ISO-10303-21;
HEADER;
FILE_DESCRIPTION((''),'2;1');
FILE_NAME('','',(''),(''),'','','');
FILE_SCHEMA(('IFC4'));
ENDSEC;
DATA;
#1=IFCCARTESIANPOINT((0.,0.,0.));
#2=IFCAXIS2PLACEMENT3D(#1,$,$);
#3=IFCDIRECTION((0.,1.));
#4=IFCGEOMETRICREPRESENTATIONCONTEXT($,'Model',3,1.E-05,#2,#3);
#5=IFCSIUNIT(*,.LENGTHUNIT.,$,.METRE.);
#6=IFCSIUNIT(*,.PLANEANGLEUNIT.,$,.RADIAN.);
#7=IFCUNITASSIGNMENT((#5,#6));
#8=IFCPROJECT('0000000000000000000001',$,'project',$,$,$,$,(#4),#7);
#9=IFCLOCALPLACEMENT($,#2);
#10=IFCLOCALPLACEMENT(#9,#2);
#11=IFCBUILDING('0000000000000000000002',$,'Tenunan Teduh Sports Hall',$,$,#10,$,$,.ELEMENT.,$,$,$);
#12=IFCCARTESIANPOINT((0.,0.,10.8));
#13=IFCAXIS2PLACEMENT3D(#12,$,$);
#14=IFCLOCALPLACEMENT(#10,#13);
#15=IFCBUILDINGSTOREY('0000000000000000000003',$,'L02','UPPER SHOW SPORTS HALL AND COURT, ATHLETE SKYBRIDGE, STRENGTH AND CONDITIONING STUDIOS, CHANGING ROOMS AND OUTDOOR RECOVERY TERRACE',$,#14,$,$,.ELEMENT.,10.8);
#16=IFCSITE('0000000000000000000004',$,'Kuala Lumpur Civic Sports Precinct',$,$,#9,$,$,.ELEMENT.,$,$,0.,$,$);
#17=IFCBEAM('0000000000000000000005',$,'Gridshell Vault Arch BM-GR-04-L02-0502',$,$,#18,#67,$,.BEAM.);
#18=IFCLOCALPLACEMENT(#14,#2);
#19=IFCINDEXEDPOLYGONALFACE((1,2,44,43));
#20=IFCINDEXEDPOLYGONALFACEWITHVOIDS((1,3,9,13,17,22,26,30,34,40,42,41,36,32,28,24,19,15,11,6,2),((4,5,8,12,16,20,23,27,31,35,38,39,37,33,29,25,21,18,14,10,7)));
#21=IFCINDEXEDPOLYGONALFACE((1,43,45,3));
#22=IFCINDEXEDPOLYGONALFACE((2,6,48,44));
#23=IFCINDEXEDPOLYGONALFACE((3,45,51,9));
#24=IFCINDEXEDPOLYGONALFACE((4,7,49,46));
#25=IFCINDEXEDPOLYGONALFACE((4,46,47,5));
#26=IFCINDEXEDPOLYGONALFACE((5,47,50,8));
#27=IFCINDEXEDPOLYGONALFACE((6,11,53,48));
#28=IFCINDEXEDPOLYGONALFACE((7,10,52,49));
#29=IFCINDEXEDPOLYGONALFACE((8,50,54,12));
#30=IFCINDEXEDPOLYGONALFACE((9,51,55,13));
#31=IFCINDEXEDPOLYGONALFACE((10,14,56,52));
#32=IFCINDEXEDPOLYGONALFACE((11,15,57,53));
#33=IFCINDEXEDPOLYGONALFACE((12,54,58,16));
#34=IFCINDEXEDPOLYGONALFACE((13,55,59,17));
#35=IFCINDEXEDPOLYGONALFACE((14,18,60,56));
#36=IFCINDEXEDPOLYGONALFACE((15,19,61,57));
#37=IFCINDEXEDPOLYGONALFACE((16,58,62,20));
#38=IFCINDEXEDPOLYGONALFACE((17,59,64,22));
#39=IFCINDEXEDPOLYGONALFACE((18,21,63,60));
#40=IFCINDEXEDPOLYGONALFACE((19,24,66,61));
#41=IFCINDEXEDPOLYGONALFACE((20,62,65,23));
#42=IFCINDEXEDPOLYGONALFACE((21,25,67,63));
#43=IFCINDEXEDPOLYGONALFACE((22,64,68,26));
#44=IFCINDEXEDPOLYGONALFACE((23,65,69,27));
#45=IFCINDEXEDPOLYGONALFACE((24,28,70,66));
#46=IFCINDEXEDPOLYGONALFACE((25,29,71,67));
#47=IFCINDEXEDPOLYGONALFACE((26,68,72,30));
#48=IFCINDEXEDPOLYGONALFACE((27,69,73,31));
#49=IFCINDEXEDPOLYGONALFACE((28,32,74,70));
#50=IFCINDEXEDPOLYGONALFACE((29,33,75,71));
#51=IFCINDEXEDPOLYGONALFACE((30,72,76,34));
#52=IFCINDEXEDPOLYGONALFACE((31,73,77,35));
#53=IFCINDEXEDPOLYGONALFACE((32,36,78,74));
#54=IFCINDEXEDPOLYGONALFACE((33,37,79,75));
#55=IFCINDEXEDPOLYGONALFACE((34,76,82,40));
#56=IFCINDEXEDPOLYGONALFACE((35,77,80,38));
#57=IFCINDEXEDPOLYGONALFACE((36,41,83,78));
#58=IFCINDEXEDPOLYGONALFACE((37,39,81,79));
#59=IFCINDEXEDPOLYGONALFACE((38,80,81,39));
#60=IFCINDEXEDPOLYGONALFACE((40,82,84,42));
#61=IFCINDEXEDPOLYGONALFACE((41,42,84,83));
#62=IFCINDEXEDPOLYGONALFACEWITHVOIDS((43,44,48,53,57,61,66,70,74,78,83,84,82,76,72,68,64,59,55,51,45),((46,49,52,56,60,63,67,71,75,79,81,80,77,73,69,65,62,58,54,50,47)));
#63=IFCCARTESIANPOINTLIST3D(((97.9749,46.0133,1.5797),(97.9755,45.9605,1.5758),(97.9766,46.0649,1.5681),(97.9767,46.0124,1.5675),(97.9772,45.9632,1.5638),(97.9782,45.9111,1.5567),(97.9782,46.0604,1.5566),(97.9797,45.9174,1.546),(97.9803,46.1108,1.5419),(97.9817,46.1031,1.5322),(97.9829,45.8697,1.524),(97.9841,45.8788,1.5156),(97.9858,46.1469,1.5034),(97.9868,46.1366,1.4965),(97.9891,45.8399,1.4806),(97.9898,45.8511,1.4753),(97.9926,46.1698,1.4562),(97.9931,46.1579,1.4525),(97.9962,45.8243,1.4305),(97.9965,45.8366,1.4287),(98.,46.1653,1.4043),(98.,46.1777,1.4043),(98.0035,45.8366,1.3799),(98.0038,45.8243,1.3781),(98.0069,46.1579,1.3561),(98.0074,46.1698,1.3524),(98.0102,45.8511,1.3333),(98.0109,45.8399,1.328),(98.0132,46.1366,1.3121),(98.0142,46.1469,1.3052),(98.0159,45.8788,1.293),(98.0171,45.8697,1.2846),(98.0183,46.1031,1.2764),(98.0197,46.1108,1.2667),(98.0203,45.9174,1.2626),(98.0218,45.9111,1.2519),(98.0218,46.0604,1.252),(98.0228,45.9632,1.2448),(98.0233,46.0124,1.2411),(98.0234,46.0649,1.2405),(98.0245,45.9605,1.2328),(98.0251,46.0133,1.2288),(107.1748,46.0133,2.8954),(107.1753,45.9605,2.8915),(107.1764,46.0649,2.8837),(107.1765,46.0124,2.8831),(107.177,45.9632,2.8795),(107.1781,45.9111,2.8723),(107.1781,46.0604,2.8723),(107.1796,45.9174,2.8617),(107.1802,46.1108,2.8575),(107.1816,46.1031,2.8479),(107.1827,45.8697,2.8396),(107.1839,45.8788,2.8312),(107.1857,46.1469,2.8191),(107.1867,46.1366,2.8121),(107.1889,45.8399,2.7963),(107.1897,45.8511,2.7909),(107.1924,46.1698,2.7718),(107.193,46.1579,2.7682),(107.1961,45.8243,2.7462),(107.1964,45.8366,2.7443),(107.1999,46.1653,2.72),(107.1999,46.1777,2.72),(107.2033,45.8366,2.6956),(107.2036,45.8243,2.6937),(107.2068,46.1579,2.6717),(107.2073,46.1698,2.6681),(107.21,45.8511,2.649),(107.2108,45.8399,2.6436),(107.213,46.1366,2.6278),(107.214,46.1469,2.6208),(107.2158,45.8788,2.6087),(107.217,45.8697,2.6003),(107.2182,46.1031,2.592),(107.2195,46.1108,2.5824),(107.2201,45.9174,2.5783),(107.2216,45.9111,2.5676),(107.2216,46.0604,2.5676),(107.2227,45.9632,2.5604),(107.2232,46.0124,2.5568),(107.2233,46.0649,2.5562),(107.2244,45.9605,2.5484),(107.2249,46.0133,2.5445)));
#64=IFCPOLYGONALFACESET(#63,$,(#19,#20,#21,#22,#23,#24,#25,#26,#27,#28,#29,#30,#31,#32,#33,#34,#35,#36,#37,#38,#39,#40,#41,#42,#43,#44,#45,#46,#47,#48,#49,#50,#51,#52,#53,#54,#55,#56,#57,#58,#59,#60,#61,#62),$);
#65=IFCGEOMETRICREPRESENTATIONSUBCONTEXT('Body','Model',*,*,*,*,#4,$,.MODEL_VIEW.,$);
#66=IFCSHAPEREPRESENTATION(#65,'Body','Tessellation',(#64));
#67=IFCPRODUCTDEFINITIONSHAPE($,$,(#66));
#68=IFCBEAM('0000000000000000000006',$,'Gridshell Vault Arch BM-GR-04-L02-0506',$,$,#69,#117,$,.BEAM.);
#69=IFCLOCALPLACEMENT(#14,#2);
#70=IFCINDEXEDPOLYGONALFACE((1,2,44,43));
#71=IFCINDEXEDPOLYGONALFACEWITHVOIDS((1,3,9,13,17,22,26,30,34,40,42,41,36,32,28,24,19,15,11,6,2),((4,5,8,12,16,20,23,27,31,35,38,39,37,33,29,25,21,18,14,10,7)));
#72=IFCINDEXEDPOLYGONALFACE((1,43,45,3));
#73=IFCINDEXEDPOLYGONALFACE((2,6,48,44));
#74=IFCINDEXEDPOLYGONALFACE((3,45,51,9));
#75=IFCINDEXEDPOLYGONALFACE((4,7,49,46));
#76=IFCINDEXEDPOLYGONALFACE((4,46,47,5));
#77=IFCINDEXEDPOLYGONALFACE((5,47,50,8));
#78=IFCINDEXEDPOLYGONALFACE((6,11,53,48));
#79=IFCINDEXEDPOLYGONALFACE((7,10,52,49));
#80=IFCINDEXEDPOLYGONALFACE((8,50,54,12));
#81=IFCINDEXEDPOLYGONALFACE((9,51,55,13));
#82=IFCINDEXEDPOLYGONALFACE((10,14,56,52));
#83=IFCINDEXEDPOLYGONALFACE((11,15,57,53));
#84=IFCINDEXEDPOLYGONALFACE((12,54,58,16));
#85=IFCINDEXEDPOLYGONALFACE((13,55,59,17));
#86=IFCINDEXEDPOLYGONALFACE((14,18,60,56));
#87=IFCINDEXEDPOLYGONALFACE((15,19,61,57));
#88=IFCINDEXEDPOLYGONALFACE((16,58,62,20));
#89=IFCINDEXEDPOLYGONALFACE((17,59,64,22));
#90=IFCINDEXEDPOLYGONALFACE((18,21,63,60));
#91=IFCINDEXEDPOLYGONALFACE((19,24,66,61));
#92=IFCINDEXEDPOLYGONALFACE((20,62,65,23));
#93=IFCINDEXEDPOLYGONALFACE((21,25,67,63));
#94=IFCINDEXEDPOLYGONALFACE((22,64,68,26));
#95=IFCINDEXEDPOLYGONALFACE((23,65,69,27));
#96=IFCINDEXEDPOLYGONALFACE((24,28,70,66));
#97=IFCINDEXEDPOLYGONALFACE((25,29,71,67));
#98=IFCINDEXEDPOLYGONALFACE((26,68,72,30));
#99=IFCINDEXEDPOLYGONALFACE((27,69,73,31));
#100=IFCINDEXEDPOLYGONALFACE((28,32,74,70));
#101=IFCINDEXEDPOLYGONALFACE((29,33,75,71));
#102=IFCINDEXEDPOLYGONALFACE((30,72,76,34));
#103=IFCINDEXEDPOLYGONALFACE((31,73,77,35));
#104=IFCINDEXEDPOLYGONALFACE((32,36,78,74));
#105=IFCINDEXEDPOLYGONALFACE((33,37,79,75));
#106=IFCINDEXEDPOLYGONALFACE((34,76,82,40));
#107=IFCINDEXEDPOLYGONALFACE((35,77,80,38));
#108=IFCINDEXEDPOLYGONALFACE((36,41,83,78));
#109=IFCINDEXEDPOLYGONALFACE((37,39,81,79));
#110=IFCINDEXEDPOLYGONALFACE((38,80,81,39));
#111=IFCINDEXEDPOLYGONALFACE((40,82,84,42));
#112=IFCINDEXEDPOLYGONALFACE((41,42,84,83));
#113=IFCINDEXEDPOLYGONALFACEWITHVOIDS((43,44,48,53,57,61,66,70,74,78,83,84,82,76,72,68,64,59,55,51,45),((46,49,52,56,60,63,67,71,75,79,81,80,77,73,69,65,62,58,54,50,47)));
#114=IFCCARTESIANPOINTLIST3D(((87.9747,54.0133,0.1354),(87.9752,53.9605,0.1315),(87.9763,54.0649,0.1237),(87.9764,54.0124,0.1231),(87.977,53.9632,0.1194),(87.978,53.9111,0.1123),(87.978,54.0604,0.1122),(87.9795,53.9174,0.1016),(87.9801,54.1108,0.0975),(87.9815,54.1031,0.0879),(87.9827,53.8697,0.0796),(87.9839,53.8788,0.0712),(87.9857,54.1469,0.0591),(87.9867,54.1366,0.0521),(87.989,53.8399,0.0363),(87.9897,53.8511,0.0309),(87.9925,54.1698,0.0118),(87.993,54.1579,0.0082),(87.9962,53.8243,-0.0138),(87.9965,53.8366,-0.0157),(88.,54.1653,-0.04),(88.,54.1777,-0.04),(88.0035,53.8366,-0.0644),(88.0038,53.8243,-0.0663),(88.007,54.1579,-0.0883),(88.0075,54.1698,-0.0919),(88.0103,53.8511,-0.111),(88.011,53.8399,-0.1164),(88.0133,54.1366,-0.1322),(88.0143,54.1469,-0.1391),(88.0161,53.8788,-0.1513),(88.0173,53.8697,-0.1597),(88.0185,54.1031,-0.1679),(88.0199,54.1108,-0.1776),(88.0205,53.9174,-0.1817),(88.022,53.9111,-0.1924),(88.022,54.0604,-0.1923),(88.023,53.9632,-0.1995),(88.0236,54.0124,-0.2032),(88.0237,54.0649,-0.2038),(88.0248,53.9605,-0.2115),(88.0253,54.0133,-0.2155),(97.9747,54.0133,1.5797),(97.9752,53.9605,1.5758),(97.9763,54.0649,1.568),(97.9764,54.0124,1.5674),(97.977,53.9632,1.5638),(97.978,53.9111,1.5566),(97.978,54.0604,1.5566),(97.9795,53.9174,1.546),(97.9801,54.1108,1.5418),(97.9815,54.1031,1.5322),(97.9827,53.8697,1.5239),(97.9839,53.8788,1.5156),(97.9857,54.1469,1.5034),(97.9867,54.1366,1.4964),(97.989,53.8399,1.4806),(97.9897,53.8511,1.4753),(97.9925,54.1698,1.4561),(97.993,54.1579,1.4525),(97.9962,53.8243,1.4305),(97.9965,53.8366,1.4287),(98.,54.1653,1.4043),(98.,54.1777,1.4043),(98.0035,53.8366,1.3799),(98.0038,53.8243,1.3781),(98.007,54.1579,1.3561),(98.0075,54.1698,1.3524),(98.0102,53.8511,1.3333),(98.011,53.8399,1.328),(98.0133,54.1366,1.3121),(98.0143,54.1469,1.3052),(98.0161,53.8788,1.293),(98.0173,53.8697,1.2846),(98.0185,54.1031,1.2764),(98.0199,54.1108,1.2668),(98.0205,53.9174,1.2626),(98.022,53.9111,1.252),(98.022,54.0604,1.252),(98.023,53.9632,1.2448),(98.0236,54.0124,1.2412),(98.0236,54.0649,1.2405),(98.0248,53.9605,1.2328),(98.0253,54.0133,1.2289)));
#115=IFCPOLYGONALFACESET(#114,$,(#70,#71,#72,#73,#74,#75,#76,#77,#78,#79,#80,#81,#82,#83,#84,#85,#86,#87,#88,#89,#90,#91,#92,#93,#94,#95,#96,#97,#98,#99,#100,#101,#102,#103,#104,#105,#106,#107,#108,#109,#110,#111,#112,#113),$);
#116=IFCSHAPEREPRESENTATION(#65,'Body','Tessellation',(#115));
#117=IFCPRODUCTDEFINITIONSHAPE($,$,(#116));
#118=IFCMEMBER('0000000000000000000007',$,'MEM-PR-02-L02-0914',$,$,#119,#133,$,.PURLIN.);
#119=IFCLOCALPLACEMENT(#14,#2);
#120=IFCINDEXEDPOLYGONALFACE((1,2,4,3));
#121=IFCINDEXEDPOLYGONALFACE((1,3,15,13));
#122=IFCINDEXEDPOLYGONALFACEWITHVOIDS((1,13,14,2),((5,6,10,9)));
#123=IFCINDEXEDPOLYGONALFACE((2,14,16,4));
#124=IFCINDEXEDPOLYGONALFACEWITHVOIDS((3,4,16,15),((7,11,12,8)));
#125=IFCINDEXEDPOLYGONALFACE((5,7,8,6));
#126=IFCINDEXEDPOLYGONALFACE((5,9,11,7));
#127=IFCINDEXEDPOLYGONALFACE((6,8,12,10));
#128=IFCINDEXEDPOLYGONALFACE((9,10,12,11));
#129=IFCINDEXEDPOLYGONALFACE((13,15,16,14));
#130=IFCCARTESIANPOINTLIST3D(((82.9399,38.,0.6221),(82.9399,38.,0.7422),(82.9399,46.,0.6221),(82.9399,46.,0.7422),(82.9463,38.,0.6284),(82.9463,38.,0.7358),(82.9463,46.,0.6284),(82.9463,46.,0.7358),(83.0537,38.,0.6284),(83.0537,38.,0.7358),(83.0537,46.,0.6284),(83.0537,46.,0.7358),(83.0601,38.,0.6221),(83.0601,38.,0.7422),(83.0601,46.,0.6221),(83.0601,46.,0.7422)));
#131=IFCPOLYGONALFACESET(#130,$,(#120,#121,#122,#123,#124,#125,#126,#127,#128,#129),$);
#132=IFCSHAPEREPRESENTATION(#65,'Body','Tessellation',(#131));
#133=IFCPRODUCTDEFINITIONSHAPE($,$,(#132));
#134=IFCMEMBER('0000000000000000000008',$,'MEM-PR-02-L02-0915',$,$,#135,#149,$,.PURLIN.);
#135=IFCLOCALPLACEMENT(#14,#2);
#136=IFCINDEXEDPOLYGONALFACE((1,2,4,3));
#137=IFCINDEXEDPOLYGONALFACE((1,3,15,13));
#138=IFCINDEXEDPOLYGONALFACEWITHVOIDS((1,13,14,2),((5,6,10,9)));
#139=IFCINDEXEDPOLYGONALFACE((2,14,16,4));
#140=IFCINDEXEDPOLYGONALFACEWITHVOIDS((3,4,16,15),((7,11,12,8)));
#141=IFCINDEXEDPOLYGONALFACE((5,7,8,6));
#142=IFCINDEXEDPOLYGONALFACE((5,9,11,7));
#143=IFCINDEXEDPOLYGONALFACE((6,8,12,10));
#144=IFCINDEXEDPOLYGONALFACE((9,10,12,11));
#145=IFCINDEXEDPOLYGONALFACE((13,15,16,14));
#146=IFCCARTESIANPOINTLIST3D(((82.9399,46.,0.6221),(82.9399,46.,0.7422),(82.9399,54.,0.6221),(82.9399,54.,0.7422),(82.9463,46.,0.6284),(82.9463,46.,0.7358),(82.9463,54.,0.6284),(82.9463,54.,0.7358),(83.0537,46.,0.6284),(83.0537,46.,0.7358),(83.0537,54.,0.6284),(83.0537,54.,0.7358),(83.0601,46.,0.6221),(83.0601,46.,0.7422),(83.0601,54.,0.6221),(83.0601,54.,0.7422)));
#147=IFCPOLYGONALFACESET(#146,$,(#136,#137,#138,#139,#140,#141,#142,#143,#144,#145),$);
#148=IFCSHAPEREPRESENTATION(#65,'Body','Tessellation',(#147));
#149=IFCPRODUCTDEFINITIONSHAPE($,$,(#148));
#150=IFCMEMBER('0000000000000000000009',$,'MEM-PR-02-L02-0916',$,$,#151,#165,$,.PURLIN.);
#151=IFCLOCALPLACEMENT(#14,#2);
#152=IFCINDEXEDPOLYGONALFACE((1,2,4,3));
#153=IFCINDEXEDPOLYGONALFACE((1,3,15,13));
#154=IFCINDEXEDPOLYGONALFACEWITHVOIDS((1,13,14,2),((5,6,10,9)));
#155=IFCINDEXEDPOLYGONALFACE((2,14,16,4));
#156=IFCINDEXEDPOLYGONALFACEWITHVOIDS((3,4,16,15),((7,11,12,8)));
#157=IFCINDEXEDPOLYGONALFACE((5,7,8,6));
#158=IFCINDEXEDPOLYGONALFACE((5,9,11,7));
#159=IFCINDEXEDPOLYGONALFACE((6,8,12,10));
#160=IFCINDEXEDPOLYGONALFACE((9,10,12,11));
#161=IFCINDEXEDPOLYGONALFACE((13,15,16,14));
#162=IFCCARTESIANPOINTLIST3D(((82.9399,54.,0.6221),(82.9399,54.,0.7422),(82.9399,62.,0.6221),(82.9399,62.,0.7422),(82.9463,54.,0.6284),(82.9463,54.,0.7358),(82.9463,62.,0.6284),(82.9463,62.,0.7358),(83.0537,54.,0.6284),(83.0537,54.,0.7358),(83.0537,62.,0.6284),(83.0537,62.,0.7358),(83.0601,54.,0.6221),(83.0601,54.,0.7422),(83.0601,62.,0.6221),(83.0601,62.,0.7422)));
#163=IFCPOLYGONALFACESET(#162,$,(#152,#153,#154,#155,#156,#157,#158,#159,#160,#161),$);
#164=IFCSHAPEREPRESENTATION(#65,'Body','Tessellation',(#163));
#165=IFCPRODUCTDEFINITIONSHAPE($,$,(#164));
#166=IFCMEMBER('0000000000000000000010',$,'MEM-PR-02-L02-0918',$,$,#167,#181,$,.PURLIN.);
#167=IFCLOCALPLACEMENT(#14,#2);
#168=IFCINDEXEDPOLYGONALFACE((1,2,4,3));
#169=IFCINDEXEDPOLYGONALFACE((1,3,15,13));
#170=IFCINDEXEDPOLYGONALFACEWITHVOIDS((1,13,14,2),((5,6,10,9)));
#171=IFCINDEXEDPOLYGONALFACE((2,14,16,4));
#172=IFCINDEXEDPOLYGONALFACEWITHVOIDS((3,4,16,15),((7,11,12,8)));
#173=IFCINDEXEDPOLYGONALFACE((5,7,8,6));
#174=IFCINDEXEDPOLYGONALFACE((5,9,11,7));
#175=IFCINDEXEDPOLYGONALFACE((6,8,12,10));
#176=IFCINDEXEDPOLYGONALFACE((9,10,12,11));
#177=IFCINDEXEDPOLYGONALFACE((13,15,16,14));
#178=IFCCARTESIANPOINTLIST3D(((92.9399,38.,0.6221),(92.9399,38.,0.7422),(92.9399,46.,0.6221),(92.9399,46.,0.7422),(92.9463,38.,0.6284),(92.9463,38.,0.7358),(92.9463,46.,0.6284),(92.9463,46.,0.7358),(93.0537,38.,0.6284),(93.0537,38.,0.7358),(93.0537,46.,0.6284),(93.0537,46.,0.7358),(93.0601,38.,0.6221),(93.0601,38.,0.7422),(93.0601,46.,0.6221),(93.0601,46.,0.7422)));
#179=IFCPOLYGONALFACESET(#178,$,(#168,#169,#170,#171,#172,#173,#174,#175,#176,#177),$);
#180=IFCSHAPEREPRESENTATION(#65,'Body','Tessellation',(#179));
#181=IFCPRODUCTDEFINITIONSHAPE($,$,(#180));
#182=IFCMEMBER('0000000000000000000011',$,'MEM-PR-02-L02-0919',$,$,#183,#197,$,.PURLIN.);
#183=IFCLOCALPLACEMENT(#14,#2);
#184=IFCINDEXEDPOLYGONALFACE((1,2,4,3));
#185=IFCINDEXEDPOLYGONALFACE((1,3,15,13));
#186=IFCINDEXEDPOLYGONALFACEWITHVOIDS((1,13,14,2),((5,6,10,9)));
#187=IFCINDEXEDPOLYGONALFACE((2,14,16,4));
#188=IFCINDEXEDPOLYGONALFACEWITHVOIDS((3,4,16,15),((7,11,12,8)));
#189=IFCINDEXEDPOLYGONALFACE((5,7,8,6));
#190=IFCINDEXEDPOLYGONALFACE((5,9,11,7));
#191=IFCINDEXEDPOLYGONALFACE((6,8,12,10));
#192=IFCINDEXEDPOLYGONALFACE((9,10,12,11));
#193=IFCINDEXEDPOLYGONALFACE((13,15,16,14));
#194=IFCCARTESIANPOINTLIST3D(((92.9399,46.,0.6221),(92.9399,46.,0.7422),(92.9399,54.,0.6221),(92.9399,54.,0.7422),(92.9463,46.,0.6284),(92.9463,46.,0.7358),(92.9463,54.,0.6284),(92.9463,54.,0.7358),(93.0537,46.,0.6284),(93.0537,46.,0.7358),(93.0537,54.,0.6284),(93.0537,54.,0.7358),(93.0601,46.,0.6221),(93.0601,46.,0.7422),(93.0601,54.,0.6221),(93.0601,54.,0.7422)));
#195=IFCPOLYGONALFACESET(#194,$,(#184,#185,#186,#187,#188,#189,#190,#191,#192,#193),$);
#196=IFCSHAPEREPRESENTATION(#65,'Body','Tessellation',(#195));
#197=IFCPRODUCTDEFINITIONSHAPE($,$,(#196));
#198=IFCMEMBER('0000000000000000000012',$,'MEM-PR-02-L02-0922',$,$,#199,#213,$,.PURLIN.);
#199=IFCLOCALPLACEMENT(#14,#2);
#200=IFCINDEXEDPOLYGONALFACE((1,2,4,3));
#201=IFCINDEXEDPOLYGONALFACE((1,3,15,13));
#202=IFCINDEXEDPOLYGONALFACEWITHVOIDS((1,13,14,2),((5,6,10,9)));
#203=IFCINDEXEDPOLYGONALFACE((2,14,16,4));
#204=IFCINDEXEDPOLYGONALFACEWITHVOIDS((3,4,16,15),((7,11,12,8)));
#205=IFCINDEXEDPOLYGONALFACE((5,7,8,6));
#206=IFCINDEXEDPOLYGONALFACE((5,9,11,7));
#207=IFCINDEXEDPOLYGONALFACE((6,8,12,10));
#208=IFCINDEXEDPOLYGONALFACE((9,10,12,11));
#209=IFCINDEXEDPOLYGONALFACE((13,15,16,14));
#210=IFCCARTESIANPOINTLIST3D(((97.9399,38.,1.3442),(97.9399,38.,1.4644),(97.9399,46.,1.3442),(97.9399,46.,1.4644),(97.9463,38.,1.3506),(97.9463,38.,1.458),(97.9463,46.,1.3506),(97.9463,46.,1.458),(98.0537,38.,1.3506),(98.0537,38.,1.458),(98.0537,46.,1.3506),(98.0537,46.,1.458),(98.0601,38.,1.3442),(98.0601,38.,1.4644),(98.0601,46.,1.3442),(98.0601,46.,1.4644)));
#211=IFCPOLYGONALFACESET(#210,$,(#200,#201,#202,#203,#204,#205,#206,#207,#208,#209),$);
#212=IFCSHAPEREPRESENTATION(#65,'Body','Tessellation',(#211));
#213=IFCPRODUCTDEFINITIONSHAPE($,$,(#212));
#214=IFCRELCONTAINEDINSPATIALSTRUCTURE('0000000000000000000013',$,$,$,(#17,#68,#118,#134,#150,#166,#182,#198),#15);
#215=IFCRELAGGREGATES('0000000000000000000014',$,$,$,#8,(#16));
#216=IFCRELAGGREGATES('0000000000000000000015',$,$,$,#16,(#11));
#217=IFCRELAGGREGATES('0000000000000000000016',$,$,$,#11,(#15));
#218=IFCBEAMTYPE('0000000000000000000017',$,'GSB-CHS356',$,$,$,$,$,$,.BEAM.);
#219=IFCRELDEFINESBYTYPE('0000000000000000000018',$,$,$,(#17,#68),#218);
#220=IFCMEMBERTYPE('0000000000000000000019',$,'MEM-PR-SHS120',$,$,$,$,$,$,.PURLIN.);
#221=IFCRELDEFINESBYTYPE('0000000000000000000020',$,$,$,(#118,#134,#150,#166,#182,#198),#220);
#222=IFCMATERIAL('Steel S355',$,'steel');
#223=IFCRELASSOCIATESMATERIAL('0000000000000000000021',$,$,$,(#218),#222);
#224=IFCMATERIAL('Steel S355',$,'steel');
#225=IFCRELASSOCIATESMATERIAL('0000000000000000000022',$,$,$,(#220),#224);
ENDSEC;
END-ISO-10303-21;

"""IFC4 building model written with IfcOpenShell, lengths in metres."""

from ifc_helpers import new_model, si_unit, direction, frame, origin, origin_2d, place, context, subcontext, project, spatial, hollow_rectangle, hollow_circle, extrude, material, material_profile, profile_set, type_object, element, save


model = new_model("IFC4")

# Units and contexts
model_context = context("Model", 3, precision=1e-05, world=origin(), true_north=direction((0.0, 1.0)))
body_context = subcontext(model_context, "Body", "Model", "MODEL_VIEW")
ifc_project = project(units=[si_unit("LENGTHUNIT", "METRE"), si_unit("PLANEANGLEUNIT", "RADIAN")], contexts=[model_context])

# Site, building, storey
site_placement = place(None, origin())
site = spatial("IfcSite", under=ifc_project, at=site_placement, Name="Kuala Lumpur Civic Sports Precinct", CompositionType="ELEMENT", RefElevation=0.0)
building_placement = place(site_placement, origin())
building = spatial("IfcBuilding", under=site, at=building_placement, Name="Tenunan Teduh Sports Hall", CompositionType="ELEMENT")
storey_placement = place(building_placement, frame((0.0, 0.0, 10.8)))
storey = spatial("IfcBuildingStorey", under=building, at=storey_placement, Name="L02", Description="UPPER SHOW SPORTS HALL AND COURT, ATHLETE SKYBRIDGE, STRENGTH AND CONDITIONING STUDIOS, CHANGING ROOMS AND OUTDOOR RECOVERY TERRACE", CompositionType="ELEMENT", Elevation=10.8)

# Beams
ifc_material_1 = material(Name="Steel S355", Category="steel")
ifc_material_profile_1 = material_profile(ifc_material_1, hollow_circle(Radius=0.1777, WallThickness=0.0125, at=origin_2d()), Name="CHS 355.6x12.5")
ifc_profile_set_1 = profile_set([ifc_material_profile_1], Name="Steel S355")
beam_type = type_object("IfcBeamType", Name="GSB-CHS356", PredefinedType="BEAM", material=ifc_profile_set_1)
beam_1_placement = place(storey_placement, frame((98.0, 46.0, 1.4043), z_axis=(0.989928, 0.0, 0.141568), x_axis=(0.0, 1.0, 0.0)))
element("IfcBeam", 1, at=beam_1_placement, inside=storey, type_object=beam_type, Name="Gridshell Vault Arch BM-GR-04-L02-0502", PredefinedType="BEAM", context=body_context, shape_type="SweptSolid", body=[
    extrude(hollow_circle(Radius=0.1777, WallThickness=0.0125, at=origin_2d()), origin(), (0.0, 0.0, 1.0), 9.2935),
])
beam_2_placement = place(storey_placement, frame((88.0, 54.0, -0.04), z_axis=(0.98973, 0.0, 0.14295), x_axis=(0.0, 1.0, 0.0)))
element("IfcBeam", 2, at=beam_2_placement, inside=storey, type_object=beam_type, Name="Gridshell Vault Arch BM-GR-04-L02-0506", PredefinedType="BEAM", context=body_context, shape_type="SweptSolid", body=[
    extrude(hollow_circle(Radius=0.1777, WallThickness=0.0125, at=origin_2d()), origin(), (0.0, 0.0, 1.0), 10.1038),
])

# Members
ifc_material_2 = material(Name="Steel S355", Category="steel")
ifc_material_profile_2 = material_profile(ifc_material_2, hollow_rectangle(XDim=0.1201, YDim=0.1201, WallThickness=0.0063, at=origin_2d()), Name="SHS 120x120x6.3")
ifc_profile_set_2 = profile_set([ifc_material_profile_2], Name="Steel S355")
member_type_1 = type_object("IfcMemberType", Name="MEM-PR-SHS120", PredefinedType="PURLIN", material=ifc_profile_set_2)
for number, where, z_axis, x_axis, name in (
    (3, (83.0, 38.0, 0.6821), (0.0, 1.0, 0.0), (-1.0, 0.0, 0.0), "MEM-PR-02-L02-0914"),
    (4, (83.0, 46.0, 0.6821), (0.0, 1.0, 0.0), (-1.0, 0.0, 0.0), "MEM-PR-02-L02-0915"),
    (5, (83.0, 54.0, 0.6821), (0.0, 1.0, 0.0), (-1.0, 0.0, 0.0), "MEM-PR-02-L02-0916"),
    (6, (93.0, 38.0, 0.6821), (0.0, 1.0, 0.0), (-1.0, 0.0, 0.0), "MEM-PR-02-L02-0918"),
    (7, (93.0, 46.0, 0.6821), (0.0, 1.0, 0.0), (-1.0, 0.0, 0.0), "MEM-PR-02-L02-0919"),
    (8, (98.0, 38.0, 1.4043), (0.0, 1.0, 0.0), (-1.0, 0.0, 0.0), "MEM-PR-02-L02-0922"),
):
    element("IfcMember", number, at=place(storey_placement, frame(where, z_axis=z_axis, x_axis=x_axis)), inside=storey, type_object=member_type_1, Name=name, PredefinedType="PURLIN", context=body_context, shape_type="SweptSolid", body=[
        extrude(hollow_rectangle(XDim=0.1201, YDim=0.1201, WallThickness=0.0063, at=origin_2d()), origin(), (0.0, 0.0, 1.0), 8.0),
    ])

save(model, "model.ifc")
